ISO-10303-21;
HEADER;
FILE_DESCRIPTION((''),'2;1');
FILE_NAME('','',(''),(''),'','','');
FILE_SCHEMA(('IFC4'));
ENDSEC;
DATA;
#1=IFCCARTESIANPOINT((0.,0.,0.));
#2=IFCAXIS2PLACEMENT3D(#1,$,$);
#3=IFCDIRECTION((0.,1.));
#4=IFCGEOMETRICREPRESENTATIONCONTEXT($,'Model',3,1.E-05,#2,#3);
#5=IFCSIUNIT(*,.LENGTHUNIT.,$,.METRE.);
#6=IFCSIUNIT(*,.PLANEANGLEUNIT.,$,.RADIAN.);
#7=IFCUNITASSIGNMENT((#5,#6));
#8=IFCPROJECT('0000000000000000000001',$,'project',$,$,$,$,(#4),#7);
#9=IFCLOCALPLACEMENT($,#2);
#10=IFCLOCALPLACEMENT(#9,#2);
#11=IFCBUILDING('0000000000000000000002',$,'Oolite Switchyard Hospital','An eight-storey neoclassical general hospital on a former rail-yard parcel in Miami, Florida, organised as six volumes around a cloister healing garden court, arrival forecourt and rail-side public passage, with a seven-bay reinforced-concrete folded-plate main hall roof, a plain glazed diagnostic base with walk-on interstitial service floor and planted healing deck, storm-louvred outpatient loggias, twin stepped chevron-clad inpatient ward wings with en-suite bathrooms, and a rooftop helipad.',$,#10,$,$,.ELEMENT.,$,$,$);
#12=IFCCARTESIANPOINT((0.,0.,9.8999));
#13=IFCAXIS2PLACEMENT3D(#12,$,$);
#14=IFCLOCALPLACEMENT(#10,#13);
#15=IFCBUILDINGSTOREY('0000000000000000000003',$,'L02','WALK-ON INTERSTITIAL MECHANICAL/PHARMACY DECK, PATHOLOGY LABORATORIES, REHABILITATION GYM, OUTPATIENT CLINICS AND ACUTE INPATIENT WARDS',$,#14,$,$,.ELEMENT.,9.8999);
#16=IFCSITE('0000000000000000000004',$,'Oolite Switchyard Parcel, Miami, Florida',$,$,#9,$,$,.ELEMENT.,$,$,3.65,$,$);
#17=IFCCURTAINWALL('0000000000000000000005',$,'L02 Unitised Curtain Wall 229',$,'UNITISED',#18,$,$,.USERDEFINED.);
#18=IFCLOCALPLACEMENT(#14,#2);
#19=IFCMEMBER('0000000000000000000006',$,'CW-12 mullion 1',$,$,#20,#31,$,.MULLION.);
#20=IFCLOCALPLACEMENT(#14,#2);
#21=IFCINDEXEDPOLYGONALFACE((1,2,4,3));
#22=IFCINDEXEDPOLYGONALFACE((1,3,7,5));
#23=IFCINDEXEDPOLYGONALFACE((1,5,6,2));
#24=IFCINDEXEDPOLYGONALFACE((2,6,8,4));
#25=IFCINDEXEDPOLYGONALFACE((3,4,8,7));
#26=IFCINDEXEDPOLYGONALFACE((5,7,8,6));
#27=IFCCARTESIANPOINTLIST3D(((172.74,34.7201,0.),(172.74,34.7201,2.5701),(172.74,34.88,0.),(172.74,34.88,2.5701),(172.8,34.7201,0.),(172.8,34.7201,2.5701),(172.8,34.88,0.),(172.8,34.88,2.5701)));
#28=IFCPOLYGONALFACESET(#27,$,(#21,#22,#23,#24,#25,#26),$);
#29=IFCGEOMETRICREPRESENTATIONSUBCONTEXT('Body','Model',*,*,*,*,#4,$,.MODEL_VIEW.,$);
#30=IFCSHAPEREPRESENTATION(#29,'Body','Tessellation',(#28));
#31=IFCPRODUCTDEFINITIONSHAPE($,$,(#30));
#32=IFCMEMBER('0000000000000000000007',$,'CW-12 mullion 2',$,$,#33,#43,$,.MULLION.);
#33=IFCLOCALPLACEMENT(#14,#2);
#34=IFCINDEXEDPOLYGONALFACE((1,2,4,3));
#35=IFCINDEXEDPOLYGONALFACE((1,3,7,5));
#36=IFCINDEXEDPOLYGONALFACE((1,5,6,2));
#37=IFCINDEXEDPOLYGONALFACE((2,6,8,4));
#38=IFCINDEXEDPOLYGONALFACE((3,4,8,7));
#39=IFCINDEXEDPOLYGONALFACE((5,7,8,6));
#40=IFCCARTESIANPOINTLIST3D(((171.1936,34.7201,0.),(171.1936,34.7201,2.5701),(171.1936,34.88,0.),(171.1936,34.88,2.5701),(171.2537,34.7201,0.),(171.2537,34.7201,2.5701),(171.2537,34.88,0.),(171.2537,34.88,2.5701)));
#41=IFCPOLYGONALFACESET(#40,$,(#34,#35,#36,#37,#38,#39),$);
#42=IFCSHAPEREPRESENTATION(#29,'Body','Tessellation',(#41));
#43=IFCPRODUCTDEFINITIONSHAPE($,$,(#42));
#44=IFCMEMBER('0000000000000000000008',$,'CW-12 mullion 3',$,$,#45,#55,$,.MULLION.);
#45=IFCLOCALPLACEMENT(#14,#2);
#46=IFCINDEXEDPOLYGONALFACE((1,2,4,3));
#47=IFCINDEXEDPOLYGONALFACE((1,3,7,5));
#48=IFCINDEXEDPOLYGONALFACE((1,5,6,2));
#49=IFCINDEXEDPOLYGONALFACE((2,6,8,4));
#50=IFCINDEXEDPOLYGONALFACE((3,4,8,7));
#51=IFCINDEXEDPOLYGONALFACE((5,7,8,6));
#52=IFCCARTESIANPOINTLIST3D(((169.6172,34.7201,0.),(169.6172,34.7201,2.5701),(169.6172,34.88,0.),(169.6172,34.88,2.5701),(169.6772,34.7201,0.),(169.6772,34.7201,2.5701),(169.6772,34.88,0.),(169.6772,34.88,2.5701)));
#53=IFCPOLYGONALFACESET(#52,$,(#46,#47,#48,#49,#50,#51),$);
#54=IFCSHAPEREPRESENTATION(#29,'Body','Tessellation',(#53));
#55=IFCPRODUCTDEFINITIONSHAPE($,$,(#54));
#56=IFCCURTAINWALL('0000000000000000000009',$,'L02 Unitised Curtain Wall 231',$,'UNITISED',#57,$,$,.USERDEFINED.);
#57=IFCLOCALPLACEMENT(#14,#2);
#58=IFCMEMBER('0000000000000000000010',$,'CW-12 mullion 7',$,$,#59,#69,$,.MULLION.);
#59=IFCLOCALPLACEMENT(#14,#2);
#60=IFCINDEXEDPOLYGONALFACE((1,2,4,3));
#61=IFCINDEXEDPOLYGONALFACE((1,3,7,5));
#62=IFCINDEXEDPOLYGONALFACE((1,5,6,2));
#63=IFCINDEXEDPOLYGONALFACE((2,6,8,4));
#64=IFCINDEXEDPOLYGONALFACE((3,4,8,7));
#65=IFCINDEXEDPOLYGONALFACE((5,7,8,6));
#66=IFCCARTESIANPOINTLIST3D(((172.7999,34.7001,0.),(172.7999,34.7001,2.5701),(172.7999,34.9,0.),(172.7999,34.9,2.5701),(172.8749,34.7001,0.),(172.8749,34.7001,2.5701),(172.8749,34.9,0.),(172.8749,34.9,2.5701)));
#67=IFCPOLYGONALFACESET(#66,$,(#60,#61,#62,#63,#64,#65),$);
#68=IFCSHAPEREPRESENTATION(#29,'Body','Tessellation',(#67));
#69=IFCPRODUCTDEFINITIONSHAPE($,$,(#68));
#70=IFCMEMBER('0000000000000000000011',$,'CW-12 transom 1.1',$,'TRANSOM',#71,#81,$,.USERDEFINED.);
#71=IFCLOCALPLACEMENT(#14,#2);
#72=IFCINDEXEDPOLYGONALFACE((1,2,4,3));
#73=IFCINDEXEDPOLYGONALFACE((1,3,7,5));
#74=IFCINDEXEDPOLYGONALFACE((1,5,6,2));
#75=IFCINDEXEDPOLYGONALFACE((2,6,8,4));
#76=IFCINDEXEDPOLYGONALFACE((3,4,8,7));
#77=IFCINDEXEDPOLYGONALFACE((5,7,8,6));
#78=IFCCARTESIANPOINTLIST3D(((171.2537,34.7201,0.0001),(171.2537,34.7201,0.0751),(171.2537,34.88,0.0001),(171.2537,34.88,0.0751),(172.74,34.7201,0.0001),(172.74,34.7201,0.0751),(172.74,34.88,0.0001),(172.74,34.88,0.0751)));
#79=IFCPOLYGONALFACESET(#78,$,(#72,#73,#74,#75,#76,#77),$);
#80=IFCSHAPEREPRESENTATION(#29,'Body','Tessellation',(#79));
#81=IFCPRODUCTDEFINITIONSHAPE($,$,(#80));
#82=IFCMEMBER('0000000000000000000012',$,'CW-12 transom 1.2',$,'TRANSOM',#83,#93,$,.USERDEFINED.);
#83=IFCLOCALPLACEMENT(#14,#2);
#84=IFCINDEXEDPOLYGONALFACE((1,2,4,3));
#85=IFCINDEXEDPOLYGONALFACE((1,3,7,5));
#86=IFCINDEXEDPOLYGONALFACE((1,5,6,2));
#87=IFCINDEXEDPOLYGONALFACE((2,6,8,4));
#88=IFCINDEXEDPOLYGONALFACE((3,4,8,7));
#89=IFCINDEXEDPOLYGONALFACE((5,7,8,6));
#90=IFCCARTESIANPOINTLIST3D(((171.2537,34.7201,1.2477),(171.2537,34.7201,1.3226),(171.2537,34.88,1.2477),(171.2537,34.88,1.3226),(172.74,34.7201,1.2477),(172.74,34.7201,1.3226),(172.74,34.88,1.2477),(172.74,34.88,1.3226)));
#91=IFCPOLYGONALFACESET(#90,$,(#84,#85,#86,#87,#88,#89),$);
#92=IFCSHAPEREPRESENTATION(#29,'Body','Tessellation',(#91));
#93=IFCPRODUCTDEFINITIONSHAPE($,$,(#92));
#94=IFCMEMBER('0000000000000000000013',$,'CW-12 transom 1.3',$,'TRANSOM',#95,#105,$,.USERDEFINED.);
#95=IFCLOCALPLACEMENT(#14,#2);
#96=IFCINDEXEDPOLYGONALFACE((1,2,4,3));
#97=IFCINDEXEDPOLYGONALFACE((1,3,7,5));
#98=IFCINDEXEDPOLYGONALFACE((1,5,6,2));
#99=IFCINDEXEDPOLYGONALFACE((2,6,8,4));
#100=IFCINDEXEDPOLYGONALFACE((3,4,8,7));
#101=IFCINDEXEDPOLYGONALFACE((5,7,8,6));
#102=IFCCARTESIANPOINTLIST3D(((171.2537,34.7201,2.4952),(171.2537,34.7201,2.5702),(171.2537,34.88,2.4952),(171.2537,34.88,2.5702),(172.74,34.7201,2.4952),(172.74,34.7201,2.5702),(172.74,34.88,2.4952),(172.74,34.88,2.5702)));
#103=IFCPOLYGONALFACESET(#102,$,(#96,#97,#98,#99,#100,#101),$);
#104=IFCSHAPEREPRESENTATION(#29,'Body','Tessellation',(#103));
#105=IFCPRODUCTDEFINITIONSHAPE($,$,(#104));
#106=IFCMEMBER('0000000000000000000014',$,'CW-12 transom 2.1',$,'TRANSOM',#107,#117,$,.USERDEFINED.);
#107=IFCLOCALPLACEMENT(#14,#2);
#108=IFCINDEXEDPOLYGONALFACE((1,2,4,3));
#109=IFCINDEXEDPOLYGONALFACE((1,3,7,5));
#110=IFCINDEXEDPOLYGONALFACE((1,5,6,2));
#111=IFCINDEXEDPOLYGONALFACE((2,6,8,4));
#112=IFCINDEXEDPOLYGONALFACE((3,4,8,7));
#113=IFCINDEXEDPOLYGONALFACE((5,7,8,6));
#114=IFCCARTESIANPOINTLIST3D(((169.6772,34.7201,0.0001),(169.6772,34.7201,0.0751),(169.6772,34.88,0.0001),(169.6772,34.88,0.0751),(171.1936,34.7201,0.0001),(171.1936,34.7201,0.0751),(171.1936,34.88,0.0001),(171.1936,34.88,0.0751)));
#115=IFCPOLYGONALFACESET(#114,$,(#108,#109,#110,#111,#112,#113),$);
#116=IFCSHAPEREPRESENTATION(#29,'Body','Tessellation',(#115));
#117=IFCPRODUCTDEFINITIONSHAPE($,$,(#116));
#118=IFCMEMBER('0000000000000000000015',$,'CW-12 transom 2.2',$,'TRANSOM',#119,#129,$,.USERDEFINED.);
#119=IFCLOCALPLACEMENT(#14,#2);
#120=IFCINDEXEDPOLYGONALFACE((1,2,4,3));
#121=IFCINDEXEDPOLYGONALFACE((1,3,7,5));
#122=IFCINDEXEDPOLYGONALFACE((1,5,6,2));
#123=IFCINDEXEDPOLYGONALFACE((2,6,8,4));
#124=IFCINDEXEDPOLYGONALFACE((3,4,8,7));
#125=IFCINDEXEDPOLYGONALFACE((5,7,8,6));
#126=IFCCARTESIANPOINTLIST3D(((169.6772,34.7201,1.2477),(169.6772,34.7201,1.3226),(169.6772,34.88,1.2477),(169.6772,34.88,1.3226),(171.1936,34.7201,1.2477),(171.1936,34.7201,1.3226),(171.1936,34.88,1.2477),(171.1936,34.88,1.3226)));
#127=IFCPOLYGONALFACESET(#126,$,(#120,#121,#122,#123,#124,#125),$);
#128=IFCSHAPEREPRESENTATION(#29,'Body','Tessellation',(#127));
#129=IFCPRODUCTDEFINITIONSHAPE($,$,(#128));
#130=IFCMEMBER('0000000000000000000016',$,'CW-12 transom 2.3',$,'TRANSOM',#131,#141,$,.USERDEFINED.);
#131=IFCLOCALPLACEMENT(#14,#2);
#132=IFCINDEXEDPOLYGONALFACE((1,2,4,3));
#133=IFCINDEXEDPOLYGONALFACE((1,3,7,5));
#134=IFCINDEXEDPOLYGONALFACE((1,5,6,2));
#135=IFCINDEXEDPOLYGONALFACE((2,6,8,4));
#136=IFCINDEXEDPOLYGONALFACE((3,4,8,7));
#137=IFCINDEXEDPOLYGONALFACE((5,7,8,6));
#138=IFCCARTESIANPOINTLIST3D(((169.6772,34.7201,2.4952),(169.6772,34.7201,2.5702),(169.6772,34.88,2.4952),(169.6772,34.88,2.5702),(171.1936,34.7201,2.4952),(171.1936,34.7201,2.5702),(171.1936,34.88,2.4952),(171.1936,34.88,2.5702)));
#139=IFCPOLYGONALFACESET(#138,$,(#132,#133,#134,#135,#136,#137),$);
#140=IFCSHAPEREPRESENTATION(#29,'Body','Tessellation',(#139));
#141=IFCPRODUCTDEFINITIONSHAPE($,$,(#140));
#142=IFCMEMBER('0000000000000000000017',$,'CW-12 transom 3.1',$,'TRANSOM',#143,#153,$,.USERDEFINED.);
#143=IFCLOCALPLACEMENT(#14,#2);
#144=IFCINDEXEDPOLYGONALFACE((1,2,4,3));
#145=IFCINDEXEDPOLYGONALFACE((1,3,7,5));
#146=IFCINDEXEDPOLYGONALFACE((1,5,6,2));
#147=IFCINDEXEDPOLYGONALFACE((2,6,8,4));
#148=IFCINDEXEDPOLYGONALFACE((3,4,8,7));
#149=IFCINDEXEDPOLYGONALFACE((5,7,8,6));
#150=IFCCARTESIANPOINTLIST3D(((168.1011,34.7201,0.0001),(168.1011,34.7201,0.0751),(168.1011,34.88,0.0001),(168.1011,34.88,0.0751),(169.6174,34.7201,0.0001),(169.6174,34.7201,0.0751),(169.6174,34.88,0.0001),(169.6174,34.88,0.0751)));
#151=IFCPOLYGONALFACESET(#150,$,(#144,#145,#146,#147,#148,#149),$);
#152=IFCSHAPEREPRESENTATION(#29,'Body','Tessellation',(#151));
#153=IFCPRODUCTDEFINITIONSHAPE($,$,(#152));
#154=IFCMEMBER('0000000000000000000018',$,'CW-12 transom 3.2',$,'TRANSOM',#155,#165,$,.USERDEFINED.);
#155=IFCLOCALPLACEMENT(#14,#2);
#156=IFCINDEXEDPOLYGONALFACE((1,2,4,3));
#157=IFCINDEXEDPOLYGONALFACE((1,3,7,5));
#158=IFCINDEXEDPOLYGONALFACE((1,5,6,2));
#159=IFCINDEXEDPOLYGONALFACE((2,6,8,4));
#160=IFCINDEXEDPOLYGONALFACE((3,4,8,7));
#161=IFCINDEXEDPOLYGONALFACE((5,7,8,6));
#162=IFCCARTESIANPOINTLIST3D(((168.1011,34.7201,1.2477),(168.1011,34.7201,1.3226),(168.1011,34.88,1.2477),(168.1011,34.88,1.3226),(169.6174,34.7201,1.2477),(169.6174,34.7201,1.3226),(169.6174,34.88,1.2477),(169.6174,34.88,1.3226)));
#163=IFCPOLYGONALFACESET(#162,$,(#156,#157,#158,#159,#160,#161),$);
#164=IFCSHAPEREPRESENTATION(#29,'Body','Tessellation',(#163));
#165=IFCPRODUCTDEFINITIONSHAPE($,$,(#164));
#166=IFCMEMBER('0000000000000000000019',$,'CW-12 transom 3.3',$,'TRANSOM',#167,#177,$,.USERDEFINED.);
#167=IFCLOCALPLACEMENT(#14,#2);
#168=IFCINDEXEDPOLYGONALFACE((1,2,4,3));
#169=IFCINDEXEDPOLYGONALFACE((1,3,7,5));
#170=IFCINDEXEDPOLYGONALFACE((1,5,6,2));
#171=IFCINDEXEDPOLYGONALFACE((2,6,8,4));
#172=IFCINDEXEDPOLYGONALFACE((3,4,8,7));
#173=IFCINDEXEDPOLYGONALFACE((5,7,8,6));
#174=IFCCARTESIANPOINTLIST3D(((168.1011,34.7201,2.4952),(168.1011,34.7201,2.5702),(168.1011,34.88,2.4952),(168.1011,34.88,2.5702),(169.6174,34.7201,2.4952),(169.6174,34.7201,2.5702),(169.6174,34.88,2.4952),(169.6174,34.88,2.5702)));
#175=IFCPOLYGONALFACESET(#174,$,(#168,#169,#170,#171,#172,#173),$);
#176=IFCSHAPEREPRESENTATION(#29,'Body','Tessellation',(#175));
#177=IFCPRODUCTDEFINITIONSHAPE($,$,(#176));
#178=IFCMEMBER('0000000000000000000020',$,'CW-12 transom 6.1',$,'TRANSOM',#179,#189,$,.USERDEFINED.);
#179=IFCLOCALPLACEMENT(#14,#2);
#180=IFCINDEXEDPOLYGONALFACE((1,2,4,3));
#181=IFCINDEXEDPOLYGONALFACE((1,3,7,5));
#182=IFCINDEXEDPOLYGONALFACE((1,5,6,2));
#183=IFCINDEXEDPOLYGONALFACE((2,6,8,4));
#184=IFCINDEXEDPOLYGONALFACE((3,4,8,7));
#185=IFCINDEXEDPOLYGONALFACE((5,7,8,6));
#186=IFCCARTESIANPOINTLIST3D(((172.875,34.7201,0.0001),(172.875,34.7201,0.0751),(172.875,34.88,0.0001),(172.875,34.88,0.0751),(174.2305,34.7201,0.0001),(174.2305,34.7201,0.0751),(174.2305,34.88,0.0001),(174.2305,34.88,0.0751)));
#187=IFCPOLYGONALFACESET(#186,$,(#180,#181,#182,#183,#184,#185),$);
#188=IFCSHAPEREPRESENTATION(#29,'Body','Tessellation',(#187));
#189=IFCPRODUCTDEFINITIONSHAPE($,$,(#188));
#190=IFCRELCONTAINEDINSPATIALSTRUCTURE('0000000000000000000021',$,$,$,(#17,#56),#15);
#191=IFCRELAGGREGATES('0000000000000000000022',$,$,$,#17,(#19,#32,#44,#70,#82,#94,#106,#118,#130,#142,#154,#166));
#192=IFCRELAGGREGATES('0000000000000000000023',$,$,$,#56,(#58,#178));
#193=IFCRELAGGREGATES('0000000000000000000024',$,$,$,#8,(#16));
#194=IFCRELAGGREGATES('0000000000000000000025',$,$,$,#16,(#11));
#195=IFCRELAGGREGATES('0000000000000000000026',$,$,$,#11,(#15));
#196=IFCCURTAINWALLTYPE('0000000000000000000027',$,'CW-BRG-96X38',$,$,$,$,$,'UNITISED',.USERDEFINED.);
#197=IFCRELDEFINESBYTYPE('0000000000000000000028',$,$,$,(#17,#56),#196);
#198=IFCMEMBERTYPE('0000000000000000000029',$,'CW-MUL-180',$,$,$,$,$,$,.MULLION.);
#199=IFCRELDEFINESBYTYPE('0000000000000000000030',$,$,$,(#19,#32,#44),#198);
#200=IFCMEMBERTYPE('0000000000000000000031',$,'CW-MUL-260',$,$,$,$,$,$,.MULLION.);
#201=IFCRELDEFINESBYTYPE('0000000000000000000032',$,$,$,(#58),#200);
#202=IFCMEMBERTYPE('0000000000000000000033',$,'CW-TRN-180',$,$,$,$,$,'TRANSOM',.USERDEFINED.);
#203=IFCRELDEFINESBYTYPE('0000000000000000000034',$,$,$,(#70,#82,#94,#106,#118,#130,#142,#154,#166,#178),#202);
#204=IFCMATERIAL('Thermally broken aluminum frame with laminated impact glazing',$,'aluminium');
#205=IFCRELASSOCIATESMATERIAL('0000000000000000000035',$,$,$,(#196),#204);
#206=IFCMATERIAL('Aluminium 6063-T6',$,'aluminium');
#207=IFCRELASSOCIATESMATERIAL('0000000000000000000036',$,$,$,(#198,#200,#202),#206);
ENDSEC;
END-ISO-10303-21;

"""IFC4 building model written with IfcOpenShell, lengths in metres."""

from ifc_helpers import new_model, si_unit, direction, frame, origin, origin_2d, place, context, subcontext, project, spatial, rectangle, extrude, material, material_profile, profile_set, type_object, element, aggregate, save


model = new_model("IFC4")

# Units and contexts
model_context = context("Model", 3, precision=1e-05, world=origin(), true_north=direction((0.0, 1.0)))
body_context = subcontext(model_context, "Body", "Model", "MODEL_VIEW")
ifc_project = project(units=[si_unit("LENGTHUNIT", "METRE"), si_unit("PLANEANGLEUNIT", "RADIAN")], contexts=[model_context])

# Site, building, storey
site_placement = place(None, origin())
site = spatial("IfcSite", under=ifc_project, at=site_placement, Name="Oolite Switchyard Parcel, Miami, Florida", CompositionType="ELEMENT", RefElevation=3.65)
building_placement = place(site_placement, origin())
building = spatial("IfcBuilding", under=site, at=building_placement, Name="Oolite Switchyard Hospital", Description="An eight-storey neoclassical general hospital on a former rail-yard parcel in Miami, Florida, organised as six volumes around a cloister healing garden court, arrival forecourt and rail-side public passage, with a seven-bay reinforced-concrete folded-plate main hall roof, a plain glazed diagnostic base with walk-on interstitial service floor and planted healing deck, storm-louvred outpatient loggias, twin stepped chevron-clad inpatient ward wings with en-suite bathrooms, and a rooftop helipad.", CompositionType="ELEMENT")
storey_placement = place(building_placement, frame((0.0, 0.0, 9.8999)))
storey = spatial("IfcBuildingStorey", under=building, at=storey_placement, Name="L02", Description="WALK-ON INTERSTITIAL MECHANICAL/PHARMACY DECK, PATHOLOGY LABORATORIES, REHABILITATION GYM, OUTPATIENT CLINICS AND ACUTE INPATIENT WARDS", CompositionType="ELEMENT", Elevation=9.8999)

# Curtain wall, members
ifc_material_1 = material(Name="Thermally broken aluminum frame with laminated impact glazing", Category="aluminium")
curtain_wall_type = type_object("IfcCurtainWallType", Name="CW-BRG-96X38", ElementType="UNITISED", PredefinedType="USERDEFINED", material=ifc_material_1)
curtain_wall_1_placement = place(storey_placement, origin())
curtain_wall_1 = element("IfcCurtainWall", 1, at=curtain_wall_1_placement, inside=storey, type_object=curtain_wall_type, Name="L02 Unitised Curtain Wall 229", ObjectType="UNITISED", PredefinedType="USERDEFINED")
ifc_material_2 = material(Name="Aluminium 6063-T6", Category="aluminium")
ifc_material_profile_1 = material_profile(ifc_material_2, rectangle(XDim=0.1599, YDim=0.0601, at=origin_2d()), Name="CWM60X160")
ifc_profile_set_1 = profile_set([ifc_material_profile_1], Name="Aluminium 6063-T6")
member_type_1 = type_object("IfcMemberType", Name="CW-MUL-180", PredefinedType="MULLION", material=ifc_profile_set_1)
member_1_placement = place(storey_placement, frame((172.77, 34.8, 0.0), z_axis=(0.0, 0.0, 1.0), x_axis=(0.0, -1.0, 0.0)))
member_1 = element("IfcMember", 2, at=member_1_placement, type_object=member_type_1, Name="CW-12 mullion 1", PredefinedType="MULLION", context=body_context, shape_type="SweptSolid", body=[
    extrude(rectangle(XDim=0.1599, YDim=0.0601, at=origin_2d()), origin(), (0.0, 0.0, 1.0), 2.5701),
])
member_2_placement = place(storey_placement, frame((171.2236, 34.8, 0.0), z_axis=(0.0, 0.0, 1.0), x_axis=(0.0, -1.0, 0.0)))
member_2 = element("IfcMember", 3, at=member_2_placement, type_object=member_type_1, Name="CW-12 mullion 2", PredefinedType="MULLION", context=body_context, shape_type="SweptSolid", body=[
    extrude(rectangle(XDim=0.1599, YDim=0.0601, at=origin_2d()), origin(), (0.0, 0.0, 1.0), 2.5701),
])
member_3_placement = place(storey_placement, frame((169.6472, 34.8, 0.0), z_axis=(0.0, 0.0, 1.0), x_axis=(0.0, -1.0, 0.0)))
member_3 = element("IfcMember", 4, at=member_3_placement, type_object=member_type_1, Name="CW-12 mullion 3", PredefinedType="MULLION", context=body_context, shape_type="SweptSolid", body=[
    extrude(rectangle(XDim=0.1599, YDim=0.0601, at=origin_2d()), origin(), (0.0, 0.0, 1.0), 2.5701),
])

# Curtain wall, member
curtain_wall_2_placement = place(storey_placement, origin())
curtain_wall_2 = element("IfcCurtainWall", 5, at=curtain_wall_2_placement, inside=storey, type_object=curtain_wall_type, Name="L02 Unitised Curtain Wall 231", ObjectType="UNITISED", PredefinedType="USERDEFINED")
ifc_material_profile_2 = material_profile(ifc_material_2, rectangle(XDim=0.2, YDim=0.075, at=origin_2d()), Name="CWM75X200")
ifc_profile_set_2 = profile_set([ifc_material_profile_2], Name="Aluminium 6063-T6")
member_type_2 = type_object("IfcMemberType", Name="CW-MUL-260", PredefinedType="MULLION", material=ifc_profile_set_2)
member_4_placement = place(storey_placement, frame((172.8374, 34.8, 0.0), z_axis=(0.0, 0.0, 1.0), x_axis=(0.0, -1.0, 0.0)))
member_4 = element("IfcMember", 6, at=member_4_placement, type_object=member_type_2, Name="CW-12 mullion 7", PredefinedType="MULLION", context=body_context, shape_type="SweptSolid", body=[
    extrude(rectangle(XDim=0.2, YDim=0.075, at=origin_2d()), origin(), (0.0, 0.0, 1.0), 2.5701),
])

# Members
ifc_material_profile_3 = material_profile(ifc_material_2, rectangle(XDim=0.1599, YDim=0.075, at=origin_2d()), Name="CWT75X160")
ifc_profile_set_3 = profile_set([ifc_material_profile_3], Name="Aluminium 6063-T6")
member_type_3 = type_object("IfcMemberType", Name="CW-TRN-180", ElementType="TRANSOM", PredefinedType="USERDEFINED", material=ifc_profile_set_3)
member_5_placement = place(storey_placement, frame((172.74, 34.8, 0.0376), z_axis=(-1.0, 0.0, 0.0), x_axis=(0.0, -1.0, 0.0)))
member_5 = element("IfcMember", 7, at=member_5_placement, type_object=member_type_3, Name="CW-12 transom 1.1", ObjectType="TRANSOM", PredefinedType="USERDEFINED", context=body_context, shape_type="SweptSolid", body=[
    extrude(rectangle(XDim=0.1599, YDim=0.075, at=origin_2d()), origin(), (0.0, 0.0, 1.0), 1.4863),
])
member_6_placement = place(storey_placement, frame((172.74, 34.8, 1.2852), z_axis=(-1.0, 0.0, 0.0), x_axis=(0.0, -1.0, 0.0)))
member_6 = element("IfcMember", 8, at=member_6_placement, type_object=member_type_3, Name="CW-12 transom 1.2", ObjectType="TRANSOM", PredefinedType="USERDEFINED", context=body_context, shape_type="SweptSolid", body=[
    extrude(rectangle(XDim=0.1599, YDim=0.075, at=origin_2d()), origin(), (0.0, 0.0, 1.0), 1.4863),
])
member_7_placement = place(storey_placement, frame((172.74, 34.8, 2.5327), z_axis=(-1.0, 0.0, 0.0), x_axis=(0.0, -1.0, 0.0)))
member_7 = element("IfcMember", 9, at=member_7_placement, type_object=member_type_3, Name="CW-12 transom 1.3", ObjectType="TRANSOM", PredefinedType="USERDEFINED", context=body_context, shape_type="SweptSolid", body=[
    extrude(rectangle(XDim=0.1599, YDim=0.075, at=origin_2d()), origin(), (0.0, 0.0, 1.0), 1.4863),
])
member_8_placement = place(storey_placement, frame((171.1936, 34.8, 0.0376), z_axis=(-1.0, 0.0, 0.0), x_axis=(0.0, -1.0, 0.0)))
member_8 = element("IfcMember", 10, at=member_8_placement, type_object=member_type_3, Name="CW-12 transom 2.1", ObjectType="TRANSOM", PredefinedType="USERDEFINED", context=body_context, shape_type="SweptSolid", body=[
    extrude(rectangle(XDim=0.1599, YDim=0.075, at=origin_2d()), origin(), (0.0, 0.0, 1.0), 1.5164),
])
member_9_placement = place(storey_placement, frame((171.1936, 34.8, 1.2852), z_axis=(-1.0, 0.0, 0.0), x_axis=(0.0, -1.0, 0.0)))
member_9 = element("IfcMember", 11, at=member_9_placement, type_object=member_type_3, Name="CW-12 transom 2.2", ObjectType="TRANSOM", PredefinedType="USERDEFINED", context=body_context, shape_type="SweptSolid", body=[
    extrude(rectangle(XDim=0.1599, YDim=0.075, at=origin_2d()), origin(), (0.0, 0.0, 1.0), 1.5164),
])
member_10_placement = place(storey_placement, frame((171.1936, 34.8, 2.5327), z_axis=(-1.0, 0.0, 0.0), x_axis=(0.0, -1.0, 0.0)))
member_10 = element("IfcMember", 12, at=member_10_placement, type_object=member_type_3, Name="CW-12 transom 2.3", ObjectType="TRANSOM", PredefinedType="USERDEFINED", context=body_context, shape_type="SweptSolid", body=[
    extrude(rectangle(XDim=0.1599, YDim=0.075, at=origin_2d()), origin(), (0.0, 0.0, 1.0), 1.5164),
])
member_11_placement = place(storey_placement, frame((169.6174, 34.8, 0.0376), z_axis=(-1.0, 0.0, 0.0), x_axis=(0.0, -1.0, 0.0)))
member_11 = element("IfcMember", 13, at=member_11_placement, type_object=member_type_3, Name="CW-12 transom 3.1", ObjectType="TRANSOM", PredefinedType="USERDEFINED", context=body_context, shape_type="SweptSolid", body=[
    extrude(rectangle(XDim=0.1599, YDim=0.075, at=origin_2d()), origin(), (0.0, 0.0, 1.0), 1.5164),
])
member_12_placement = place(storey_placement, frame((169.6174, 34.8, 1.2852), z_axis=(-1.0, 0.0, 0.0), x_axis=(0.0, -1.0, 0.0)))
member_12 = element("IfcMember", 14, at=member_12_placement, type_object=member_type_3, Name="CW-12 transom 3.2", ObjectType="TRANSOM", PredefinedType="USERDEFINED", context=body_context, shape_type="SweptSolid", body=[
    extrude(rectangle(XDim=0.1599, YDim=0.075, at=origin_2d()), origin(), (0.0, 0.0, 1.0), 1.5164),
])
member_13_placement = place(storey_placement, frame((169.6174, 34.8, 2.5327), z_axis=(-1.0, 0.0, 0.0), x_axis=(0.0, -1.0, 0.0)))
member_13 = element("IfcMember", 15, at=member_13_placement, type_object=member_type_3, Name="CW-12 transom 3.3", ObjectType="TRANSOM", PredefinedType="USERDEFINED", context=body_context, shape_type="SweptSolid", body=[
    extrude(rectangle(XDim=0.1599, YDim=0.075, at=origin_2d()), origin(), (0.0, 0.0, 1.0), 1.5164),
])
member_14_placement = place(storey_placement, frame((174.2305, 34.8, 0.0376), z_axis=(-1.0, 0.0, 0.0), x_axis=(0.0, -1.0, 0.0)))
member_14 = element("IfcMember", 16, at=member_14_placement, type_object=member_type_3, Name="CW-12 transom 6.1", ObjectType="TRANSOM", PredefinedType="USERDEFINED", context=body_context, shape_type="SweptSolid", body=[
    extrude(rectangle(XDim=0.1599, YDim=0.075, at=origin_2d()), origin(), (0.0, 0.0, 1.0), 1.3555),
])

aggregate(curtain_wall_1, [member_1, member_2, member_3, member_5, member_6, member_7, member_8, member_9, member_10, member_11, member_12, member_13])
aggregate(curtain_wall_2, [member_4, member_14])

save(model, "model.ifc")
